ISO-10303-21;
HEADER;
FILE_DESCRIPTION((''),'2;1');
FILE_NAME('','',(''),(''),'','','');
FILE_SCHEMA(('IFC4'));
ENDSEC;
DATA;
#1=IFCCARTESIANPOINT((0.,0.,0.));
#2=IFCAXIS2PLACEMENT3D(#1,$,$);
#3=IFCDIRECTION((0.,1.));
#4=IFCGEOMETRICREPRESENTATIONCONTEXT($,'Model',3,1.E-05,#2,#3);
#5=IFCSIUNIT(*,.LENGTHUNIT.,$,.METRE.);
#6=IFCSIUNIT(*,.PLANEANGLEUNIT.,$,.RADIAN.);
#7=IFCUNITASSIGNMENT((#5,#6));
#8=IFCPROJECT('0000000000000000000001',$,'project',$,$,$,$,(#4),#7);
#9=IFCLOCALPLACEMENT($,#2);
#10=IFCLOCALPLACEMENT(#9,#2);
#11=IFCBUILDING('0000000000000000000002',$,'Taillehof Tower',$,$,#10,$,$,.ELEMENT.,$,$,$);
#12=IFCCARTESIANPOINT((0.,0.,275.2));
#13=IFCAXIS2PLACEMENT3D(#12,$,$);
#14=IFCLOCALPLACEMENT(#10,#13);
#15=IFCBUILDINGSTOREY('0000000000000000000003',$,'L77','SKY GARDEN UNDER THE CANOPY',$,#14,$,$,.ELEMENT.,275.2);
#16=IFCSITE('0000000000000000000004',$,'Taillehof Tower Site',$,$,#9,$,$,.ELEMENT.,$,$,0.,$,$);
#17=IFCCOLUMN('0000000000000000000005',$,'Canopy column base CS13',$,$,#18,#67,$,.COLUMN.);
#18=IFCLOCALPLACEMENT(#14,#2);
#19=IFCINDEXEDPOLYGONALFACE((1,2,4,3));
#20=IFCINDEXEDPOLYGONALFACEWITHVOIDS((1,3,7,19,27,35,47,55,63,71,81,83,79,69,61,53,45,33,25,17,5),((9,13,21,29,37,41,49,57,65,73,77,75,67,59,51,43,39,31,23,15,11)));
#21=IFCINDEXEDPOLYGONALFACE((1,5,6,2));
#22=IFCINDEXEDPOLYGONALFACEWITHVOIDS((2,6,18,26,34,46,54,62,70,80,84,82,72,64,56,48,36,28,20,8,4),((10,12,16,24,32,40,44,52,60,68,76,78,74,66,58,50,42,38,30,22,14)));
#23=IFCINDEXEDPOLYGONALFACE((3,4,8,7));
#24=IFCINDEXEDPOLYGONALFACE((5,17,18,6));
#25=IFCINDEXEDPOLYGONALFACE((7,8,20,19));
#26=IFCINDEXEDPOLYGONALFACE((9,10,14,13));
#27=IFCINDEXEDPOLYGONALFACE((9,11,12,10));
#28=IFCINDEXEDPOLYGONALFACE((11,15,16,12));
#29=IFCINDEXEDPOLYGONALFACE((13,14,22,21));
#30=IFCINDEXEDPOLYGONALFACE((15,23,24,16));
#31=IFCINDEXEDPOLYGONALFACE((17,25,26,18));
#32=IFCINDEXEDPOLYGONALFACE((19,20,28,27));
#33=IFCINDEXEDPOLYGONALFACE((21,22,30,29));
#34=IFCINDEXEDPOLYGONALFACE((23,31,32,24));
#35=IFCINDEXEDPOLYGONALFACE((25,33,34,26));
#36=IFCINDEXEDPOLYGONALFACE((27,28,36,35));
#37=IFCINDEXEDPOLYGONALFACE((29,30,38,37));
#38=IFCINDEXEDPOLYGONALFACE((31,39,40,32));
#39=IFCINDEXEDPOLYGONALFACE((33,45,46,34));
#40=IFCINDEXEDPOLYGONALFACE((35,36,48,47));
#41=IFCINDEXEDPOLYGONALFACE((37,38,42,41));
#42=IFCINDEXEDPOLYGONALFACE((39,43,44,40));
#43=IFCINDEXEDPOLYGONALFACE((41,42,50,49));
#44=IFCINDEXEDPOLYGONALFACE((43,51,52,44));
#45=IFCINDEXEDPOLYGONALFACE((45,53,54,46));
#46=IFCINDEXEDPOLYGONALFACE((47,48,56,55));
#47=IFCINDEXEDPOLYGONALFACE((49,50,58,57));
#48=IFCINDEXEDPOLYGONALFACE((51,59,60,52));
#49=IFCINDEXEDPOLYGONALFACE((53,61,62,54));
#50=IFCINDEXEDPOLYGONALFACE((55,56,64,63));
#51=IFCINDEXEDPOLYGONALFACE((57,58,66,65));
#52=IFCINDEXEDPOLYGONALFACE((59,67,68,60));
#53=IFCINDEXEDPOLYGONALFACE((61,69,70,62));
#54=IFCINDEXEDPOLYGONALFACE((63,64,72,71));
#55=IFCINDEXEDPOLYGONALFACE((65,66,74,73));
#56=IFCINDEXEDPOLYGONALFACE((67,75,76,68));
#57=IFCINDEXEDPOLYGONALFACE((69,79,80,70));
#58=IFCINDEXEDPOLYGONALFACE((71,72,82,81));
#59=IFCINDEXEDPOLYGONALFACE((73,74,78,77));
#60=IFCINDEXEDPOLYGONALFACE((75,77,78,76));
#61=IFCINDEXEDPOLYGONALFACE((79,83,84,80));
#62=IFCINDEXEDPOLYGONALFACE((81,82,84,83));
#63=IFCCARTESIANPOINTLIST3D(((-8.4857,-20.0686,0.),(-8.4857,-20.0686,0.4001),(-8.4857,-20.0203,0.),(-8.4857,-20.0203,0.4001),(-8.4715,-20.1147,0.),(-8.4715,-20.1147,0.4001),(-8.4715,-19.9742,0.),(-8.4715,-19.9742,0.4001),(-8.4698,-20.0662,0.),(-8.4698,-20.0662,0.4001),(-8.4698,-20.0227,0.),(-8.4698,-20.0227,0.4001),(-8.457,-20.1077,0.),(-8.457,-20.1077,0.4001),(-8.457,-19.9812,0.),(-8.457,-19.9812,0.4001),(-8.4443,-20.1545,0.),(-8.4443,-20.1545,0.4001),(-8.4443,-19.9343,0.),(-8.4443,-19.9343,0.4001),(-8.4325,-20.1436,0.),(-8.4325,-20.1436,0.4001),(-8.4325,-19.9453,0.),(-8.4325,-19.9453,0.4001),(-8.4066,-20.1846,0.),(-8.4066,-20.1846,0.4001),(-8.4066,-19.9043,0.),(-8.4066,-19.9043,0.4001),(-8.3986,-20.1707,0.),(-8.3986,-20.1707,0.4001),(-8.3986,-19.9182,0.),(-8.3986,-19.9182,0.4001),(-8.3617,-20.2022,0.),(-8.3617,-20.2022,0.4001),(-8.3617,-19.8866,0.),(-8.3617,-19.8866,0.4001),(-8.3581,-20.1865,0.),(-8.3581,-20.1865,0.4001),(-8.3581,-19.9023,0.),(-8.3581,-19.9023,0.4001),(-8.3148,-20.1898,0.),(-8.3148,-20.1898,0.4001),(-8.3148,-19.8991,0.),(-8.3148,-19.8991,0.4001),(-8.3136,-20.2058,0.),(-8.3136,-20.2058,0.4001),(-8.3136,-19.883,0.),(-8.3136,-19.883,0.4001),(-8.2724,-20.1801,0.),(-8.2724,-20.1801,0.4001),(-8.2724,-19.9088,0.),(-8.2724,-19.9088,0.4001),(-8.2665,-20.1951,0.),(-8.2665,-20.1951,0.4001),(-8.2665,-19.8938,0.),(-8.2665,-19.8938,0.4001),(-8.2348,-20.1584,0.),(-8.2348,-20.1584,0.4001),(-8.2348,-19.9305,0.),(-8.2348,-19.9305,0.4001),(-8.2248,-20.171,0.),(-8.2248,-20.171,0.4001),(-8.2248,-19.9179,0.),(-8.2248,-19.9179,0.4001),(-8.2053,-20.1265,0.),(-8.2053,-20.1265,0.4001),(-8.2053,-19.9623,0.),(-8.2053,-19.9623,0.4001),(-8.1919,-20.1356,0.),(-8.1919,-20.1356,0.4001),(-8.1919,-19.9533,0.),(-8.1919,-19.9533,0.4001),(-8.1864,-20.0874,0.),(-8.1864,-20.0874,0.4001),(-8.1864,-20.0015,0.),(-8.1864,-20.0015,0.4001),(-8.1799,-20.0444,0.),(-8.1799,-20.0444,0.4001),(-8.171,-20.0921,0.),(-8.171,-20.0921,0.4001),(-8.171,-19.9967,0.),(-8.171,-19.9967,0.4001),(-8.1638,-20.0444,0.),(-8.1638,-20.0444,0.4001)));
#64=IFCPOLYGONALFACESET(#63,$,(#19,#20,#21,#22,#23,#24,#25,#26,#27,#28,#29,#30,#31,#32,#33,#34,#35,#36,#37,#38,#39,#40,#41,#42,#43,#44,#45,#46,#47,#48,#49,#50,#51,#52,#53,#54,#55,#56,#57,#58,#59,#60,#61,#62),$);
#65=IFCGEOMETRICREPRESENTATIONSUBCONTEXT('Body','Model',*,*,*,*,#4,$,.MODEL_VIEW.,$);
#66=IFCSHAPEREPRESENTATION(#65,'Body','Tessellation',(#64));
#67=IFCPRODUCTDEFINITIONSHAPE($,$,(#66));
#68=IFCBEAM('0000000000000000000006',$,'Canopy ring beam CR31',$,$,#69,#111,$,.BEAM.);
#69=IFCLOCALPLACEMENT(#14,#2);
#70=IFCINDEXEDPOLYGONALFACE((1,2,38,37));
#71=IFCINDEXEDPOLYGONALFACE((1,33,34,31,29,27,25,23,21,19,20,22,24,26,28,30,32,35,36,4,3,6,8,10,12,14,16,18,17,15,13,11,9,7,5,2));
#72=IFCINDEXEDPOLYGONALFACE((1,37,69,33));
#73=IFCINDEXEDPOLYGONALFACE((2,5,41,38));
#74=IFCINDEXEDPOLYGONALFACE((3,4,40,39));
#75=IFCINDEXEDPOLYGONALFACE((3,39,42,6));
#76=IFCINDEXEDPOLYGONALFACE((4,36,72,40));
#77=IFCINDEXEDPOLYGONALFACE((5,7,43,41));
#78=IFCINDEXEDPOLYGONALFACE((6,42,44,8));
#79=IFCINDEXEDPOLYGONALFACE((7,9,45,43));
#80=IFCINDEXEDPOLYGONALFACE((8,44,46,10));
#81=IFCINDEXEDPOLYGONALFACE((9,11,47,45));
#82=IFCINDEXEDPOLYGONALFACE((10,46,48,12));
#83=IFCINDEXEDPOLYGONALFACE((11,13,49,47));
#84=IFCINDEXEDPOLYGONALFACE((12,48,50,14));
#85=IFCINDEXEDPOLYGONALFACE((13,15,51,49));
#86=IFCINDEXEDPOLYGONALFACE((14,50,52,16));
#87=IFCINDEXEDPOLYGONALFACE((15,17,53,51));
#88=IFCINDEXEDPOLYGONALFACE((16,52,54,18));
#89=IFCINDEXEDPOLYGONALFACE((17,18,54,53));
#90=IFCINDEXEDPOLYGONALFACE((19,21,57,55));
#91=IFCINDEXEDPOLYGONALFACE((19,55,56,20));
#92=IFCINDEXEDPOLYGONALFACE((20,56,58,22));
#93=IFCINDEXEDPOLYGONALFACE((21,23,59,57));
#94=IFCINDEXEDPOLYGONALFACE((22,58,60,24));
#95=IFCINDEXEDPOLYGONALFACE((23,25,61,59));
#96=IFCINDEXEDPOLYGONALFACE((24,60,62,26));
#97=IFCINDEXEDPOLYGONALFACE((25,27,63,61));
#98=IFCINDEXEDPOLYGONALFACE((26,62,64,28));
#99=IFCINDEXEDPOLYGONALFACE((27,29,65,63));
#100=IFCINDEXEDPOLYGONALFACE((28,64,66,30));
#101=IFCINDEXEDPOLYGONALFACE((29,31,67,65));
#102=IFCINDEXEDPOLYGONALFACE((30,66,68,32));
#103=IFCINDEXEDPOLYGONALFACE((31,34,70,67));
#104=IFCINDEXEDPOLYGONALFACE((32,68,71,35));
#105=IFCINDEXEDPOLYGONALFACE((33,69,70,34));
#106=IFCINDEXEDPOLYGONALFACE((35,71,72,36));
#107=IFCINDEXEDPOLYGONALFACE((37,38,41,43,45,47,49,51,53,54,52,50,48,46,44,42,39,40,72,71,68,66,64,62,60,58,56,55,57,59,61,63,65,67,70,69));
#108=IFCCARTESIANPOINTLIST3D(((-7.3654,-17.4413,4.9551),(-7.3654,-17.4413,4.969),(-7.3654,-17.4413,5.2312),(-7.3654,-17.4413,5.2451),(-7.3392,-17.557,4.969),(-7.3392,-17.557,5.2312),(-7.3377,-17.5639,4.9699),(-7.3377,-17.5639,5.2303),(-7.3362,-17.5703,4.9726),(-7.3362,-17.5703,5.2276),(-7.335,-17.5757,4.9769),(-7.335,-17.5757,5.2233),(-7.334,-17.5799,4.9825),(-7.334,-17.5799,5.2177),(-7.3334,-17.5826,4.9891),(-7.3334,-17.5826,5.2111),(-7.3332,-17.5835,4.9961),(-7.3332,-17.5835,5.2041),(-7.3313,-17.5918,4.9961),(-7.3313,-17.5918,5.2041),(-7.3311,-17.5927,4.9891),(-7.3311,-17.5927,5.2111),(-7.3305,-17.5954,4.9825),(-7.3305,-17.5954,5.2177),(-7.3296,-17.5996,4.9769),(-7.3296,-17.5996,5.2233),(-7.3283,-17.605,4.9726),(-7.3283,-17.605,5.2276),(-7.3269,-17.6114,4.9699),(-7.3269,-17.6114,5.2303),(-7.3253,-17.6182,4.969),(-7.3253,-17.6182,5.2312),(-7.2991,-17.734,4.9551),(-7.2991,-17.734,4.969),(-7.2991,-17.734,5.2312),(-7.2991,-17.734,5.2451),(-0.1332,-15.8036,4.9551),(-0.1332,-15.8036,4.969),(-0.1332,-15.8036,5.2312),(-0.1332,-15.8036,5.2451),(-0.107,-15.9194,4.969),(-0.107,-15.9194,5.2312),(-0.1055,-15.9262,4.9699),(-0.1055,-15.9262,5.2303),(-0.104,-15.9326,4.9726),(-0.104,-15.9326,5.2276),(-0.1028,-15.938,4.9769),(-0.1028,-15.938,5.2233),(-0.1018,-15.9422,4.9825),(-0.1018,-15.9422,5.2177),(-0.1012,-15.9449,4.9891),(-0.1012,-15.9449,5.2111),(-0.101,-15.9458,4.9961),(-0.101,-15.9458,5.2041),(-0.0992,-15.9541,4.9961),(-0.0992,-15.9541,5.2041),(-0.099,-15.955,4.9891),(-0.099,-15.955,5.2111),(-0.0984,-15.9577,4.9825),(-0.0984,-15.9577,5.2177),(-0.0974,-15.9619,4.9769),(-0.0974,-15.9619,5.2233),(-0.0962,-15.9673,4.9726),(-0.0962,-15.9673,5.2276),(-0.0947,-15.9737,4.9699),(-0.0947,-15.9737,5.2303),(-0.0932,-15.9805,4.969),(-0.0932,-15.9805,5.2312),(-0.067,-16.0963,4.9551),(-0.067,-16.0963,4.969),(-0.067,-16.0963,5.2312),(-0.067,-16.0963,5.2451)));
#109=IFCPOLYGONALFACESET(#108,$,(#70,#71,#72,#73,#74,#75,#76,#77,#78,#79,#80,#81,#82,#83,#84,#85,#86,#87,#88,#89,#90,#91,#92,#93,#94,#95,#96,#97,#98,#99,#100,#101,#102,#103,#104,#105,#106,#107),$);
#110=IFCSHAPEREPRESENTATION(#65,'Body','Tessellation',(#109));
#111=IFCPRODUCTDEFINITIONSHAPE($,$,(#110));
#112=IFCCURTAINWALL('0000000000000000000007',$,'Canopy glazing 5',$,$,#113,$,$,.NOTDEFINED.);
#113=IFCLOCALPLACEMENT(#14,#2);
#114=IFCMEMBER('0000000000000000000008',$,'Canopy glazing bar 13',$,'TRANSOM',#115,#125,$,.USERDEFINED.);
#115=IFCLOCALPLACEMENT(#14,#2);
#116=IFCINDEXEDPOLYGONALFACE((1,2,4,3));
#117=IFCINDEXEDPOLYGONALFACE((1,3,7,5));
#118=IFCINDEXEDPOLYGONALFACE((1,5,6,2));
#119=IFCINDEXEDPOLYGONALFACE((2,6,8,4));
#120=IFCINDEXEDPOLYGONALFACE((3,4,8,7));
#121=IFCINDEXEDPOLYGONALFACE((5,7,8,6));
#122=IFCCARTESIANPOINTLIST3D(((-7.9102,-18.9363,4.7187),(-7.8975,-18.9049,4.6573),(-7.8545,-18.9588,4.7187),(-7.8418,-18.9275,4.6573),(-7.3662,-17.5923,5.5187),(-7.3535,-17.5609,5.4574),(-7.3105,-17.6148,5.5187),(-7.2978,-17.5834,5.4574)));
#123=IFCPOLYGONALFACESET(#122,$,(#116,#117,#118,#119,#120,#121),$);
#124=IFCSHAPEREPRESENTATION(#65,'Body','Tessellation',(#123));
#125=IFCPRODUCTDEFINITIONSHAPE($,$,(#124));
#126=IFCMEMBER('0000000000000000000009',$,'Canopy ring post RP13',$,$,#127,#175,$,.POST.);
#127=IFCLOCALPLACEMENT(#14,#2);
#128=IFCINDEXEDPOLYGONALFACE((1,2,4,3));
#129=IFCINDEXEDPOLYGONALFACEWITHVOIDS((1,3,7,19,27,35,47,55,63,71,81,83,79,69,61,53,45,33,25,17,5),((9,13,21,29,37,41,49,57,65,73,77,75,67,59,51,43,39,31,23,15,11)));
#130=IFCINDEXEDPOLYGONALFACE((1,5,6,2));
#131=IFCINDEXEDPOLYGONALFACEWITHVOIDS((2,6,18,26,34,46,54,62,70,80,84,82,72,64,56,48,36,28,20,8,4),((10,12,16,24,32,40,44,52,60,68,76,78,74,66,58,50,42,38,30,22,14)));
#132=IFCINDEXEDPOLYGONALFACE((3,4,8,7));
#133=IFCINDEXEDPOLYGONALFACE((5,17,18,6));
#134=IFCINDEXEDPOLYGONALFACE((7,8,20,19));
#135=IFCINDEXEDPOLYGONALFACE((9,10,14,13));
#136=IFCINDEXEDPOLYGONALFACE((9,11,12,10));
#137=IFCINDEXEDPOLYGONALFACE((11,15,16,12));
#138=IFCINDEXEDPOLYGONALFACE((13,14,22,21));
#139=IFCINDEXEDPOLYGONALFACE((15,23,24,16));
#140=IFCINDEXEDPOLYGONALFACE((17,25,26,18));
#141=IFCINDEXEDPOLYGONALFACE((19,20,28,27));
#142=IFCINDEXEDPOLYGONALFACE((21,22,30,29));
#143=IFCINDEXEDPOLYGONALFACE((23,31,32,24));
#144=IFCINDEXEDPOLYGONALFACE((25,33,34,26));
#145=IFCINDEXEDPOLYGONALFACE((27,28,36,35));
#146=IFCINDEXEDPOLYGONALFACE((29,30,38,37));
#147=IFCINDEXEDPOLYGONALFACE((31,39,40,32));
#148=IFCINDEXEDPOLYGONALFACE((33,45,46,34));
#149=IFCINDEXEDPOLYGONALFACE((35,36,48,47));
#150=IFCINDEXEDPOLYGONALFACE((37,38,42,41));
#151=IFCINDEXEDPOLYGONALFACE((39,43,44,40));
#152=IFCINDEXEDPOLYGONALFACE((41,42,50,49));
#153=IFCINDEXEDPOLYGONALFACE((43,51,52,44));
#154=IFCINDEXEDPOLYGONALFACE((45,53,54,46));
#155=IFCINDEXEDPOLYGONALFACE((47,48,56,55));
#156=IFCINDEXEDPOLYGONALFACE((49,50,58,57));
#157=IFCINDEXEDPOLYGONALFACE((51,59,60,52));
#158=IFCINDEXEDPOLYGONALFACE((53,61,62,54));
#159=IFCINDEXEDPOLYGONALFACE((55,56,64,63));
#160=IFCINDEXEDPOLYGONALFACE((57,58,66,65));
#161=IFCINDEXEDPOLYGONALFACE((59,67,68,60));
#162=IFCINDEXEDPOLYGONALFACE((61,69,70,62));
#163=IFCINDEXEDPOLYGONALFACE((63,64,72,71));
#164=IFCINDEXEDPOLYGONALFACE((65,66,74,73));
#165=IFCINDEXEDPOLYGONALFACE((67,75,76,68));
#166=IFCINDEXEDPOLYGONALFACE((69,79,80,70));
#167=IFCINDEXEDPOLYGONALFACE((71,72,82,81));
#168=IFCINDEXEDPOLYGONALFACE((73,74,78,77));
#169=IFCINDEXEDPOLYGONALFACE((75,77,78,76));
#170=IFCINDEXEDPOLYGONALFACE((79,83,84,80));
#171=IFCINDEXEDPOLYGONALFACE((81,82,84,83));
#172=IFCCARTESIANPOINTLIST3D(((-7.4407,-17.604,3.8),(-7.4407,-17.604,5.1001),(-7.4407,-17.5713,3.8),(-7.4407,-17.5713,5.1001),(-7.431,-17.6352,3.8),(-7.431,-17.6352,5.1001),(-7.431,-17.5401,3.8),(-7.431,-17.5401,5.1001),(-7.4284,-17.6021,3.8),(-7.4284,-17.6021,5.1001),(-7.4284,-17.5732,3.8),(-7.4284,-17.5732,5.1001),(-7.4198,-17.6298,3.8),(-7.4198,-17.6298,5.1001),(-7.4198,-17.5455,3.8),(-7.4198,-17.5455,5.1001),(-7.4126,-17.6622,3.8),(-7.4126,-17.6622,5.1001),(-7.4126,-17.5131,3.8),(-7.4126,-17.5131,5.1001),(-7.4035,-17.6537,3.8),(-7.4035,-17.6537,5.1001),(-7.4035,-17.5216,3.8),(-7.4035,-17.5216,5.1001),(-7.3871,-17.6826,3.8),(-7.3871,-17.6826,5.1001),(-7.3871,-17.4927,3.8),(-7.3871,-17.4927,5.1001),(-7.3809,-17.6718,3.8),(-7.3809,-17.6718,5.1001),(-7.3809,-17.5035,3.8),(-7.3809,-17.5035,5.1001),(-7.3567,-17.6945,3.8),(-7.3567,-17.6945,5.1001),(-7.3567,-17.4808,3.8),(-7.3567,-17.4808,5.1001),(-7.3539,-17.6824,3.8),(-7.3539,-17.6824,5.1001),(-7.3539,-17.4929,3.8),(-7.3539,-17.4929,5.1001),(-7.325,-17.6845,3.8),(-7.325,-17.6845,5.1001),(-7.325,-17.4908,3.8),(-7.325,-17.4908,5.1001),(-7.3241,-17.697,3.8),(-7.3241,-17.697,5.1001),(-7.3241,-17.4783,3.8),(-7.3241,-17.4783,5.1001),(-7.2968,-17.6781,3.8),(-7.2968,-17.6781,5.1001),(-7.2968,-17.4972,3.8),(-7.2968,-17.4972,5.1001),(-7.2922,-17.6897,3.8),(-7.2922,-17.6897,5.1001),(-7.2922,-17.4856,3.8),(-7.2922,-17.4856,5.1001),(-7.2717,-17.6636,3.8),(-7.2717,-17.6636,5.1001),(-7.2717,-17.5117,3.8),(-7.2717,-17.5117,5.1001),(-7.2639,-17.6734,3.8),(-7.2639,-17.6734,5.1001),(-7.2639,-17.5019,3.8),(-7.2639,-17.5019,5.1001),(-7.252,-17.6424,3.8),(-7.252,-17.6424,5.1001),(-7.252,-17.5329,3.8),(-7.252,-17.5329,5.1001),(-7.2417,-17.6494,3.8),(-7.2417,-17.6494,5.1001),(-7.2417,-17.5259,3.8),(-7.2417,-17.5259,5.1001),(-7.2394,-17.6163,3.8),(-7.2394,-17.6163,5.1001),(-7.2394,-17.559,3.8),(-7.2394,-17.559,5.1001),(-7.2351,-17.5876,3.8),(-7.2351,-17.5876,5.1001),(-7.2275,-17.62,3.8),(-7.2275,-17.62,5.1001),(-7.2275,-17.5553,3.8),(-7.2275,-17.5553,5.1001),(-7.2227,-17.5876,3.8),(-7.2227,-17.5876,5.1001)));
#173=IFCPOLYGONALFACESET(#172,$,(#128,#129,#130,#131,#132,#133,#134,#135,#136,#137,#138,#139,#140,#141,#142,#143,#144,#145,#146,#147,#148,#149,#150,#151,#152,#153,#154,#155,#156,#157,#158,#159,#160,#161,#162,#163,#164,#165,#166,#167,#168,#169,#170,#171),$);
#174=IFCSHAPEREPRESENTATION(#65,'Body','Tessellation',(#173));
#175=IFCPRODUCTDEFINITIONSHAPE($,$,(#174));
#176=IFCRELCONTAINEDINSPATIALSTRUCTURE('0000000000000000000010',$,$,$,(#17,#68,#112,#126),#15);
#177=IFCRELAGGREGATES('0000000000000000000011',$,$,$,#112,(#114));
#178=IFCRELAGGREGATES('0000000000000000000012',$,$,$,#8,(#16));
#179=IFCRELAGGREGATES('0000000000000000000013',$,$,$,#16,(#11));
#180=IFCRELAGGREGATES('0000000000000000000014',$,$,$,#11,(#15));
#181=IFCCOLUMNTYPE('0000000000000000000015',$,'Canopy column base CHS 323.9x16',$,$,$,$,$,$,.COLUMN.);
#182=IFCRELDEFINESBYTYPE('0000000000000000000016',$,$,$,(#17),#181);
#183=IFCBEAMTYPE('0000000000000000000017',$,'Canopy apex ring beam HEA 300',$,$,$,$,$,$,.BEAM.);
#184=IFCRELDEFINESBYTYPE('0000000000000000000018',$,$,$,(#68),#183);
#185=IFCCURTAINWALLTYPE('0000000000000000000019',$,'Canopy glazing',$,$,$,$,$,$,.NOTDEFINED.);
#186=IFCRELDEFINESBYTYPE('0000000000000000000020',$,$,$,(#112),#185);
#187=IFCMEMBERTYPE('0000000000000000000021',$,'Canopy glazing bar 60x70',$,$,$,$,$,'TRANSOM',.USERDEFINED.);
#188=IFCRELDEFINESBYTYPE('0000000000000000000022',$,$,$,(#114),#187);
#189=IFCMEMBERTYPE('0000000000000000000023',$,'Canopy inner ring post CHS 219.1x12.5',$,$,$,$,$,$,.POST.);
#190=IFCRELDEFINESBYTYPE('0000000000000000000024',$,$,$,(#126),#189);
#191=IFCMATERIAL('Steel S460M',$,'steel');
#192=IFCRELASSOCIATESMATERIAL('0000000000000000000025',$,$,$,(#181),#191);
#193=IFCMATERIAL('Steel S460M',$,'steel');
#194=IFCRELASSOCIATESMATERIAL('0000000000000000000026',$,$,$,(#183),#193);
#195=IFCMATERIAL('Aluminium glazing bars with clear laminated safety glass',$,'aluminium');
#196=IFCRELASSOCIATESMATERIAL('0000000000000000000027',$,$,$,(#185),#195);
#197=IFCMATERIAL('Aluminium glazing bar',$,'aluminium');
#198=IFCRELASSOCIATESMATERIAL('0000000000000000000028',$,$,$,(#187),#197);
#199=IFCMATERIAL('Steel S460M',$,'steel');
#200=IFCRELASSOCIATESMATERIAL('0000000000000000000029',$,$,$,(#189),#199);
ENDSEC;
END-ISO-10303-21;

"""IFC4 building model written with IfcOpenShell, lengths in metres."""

from ifc_helpers import new_model, si_unit, direction, frame, origin, origin_2d, place, context, subcontext, project, spatial, rectangle, hollow_circle, i_section, extrude, material, material_profile, profile_set, type_object, element, aggregate, save


model = new_model("IFC4")

# Units and contexts
model_context = context("Model", 3, precision=1e-05, world=origin(), true_north=direction((0.0, 1.0)))
body_context = subcontext(model_context, "Body", "Model", "MODEL_VIEW")
ifc_project = project(units=[si_unit("LENGTHUNIT", "METRE"), si_unit("PLANEANGLEUNIT", "RADIAN")], contexts=[model_context])

# Site, building, storey
site_placement = place(None, origin())
site = spatial("IfcSite", under=ifc_project, at=site_placement, Name="Taillehof Tower Site", CompositionType="ELEMENT", RefElevation=0.0)
building_placement = place(site_placement, origin())
building = spatial("IfcBuilding", under=site, at=building_placement, Name="Taillehof Tower", CompositionType="ELEMENT")
storey_placement = place(building_placement, frame((0.0, 0.0, 275.2)))
storey = spatial("IfcBuildingStorey", under=building, at=storey_placement, Name="L77", Description="SKY GARDEN UNDER THE CANOPY", CompositionType="ELEMENT", Elevation=275.2)

# Column
ifc_material_1 = material(Name="Steel S460M", Category="steel")
ifc_material_profile_1 = material_profile(ifc_material_1, hollow_circle(Radius=0.1619, WallThickness=0.0161, at=origin_2d()), Name="CHS 323.9x16")
ifc_profile_set_1 = profile_set([ifc_material_profile_1], Name="Steel S460M")
column_type = type_object("IfcColumnType", Name="Canopy column base CHS 323.9x16", PredefinedType="COLUMN", material=ifc_profile_set_1)
column_placement = place(storey_placement, frame((-8.3257, -20.0444, 0.0), z_axis=(0.0, 0.0, 1.0), x_axis=(1.0, 0.0, 0.0)))
element("IfcColumn", 1, at=column_placement, inside=storey, type_object=column_type, Name="Canopy column base CS13", PredefinedType="COLUMN", context=body_context, shape_type="SweptSolid", body=[
    extrude(hollow_circle(Radius=0.1619, WallThickness=0.0161, at=origin_2d()), origin(), (0.0, 0.0, 1.0), 0.4001),
])

# Beam
ifc_material_2 = material(Name="Steel S460M", Category="steel")
ifc_material_profile_2 = material_profile(ifc_material_2, i_section(OverallWidth=0.3, OverallDepth=0.29, WebThickness=0.0085, FlangeThickness=0.0139, FilletRadius=0.0271, at=origin_2d()), Name="HEA 300")
ifc_profile_set_2 = profile_set([ifc_material_profile_2], Name="Steel S460M")
beam_type_1 = type_object("IfcBeamType", Name="Canopy apex ring beam HEA 300", PredefinedType="BEAM", material=ifc_profile_set_2)
beam_1_placement = place(storey_placement, frame((-7.3323, -17.5876, 5.1001), z_axis=(0.975307, 0.220854, 0.0), x_axis=(-0.220854, 0.975307, 0.0)))
element("IfcBeam", 2, at=beam_1_placement, inside=storey, type_object=beam_type_1, Name="Canopy ring beam CR31", PredefinedType="BEAM", context=body_context, shape_type="SweptSolid", body=[
    extrude(i_section(OverallWidth=0.3, OverallDepth=0.29, WebThickness=0.0085, FlangeThickness=0.0139, FilletRadius=0.0271, at=origin_2d()), origin(), (0.0, 0.0, 1.0), 7.4153),
])

# Curtain wall, member
ifc_material_3 = material(Name="Aluminium glazing bars with clear laminated safety glass", Category="aluminium")
curtain_wall_type = type_object("IfcCurtainWallType", Name="Canopy glazing", PredefinedType="NOTDEFINED", material=ifc_material_3)
curtain_wall_placement = place(storey_placement, origin())
curtain_wall = element("IfcCurtainWall", 3, at=curtain_wall_placement, inside=storey, type_object=curtain_wall_type, Name="Canopy glazing 5", PredefinedType="NOTDEFINED")
ifc_material_4 = material(Name="Aluminium glazing bar", Category="aluminium")
ifc_material_profile_3 = material_profile(ifc_material_4, rectangle(XDim=0.0601, YDim=0.0701, at=origin_2d()), Name="AL 60x70")
ifc_profile_set_3 = profile_set([ifc_material_profile_3], Name="Aluminium glazing bar")
member_type_1 = type_object("IfcMemberType", Name="Canopy glazing bar 60x70", ElementType="TRANSOM", PredefinedType="USERDEFINED", material=ifc_profile_set_3)
member_1_placement = place(storey_placement, frame((-7.876, -18.9319, 4.688), z_axis=(0.328473, 0.8116, 0.483127), x_axis=(-0.926959, 0.375162, 0.0)))
member_1 = element("IfcMember", 4, at=member_1_placement, type_object=member_type_1, Name="Canopy glazing bar 13", ObjectType="TRANSOM", PredefinedType="USERDEFINED", context=body_context, shape_type="SweptSolid", body=[
    extrude(rectangle(XDim=0.0601, YDim=0.0701, at=origin_2d()), origin(), (0.0, 0.0, 1.0), 1.656),
])
aggregate(curtain_wall, [member_1])

# Member
ifc_material_5 = material(Name="Steel S460M", Category="steel")
ifc_material_profile_4 = material_profile(ifc_material_5, hollow_circle(Radius=0.1096, WallThickness=0.0125, at=origin_2d()), Name="CHS 219.1x12.5")
ifc_profile_set_4 = profile_set([ifc_material_profile_4], Name="Steel S460M")
member_type_2 = type_object("IfcMemberType", Name="Canopy inner ring post CHS 219.1x12.5", PredefinedType="POST", material=ifc_profile_set_4)
member_2_placement = place(storey_placement, frame((-7.3323, -17.5876, 3.8), z_axis=(0.0, 0.0, 1.0), x_axis=(1.0, 0.0, 0.0)))
element("IfcMember", 5, at=member_2_placement, inside=storey, type_object=member_type_2, Name="Canopy ring post RP13", PredefinedType="POST", context=body_context, shape_type="SweptSolid", body=[
    extrude(hollow_circle(Radius=0.1096, WallThickness=0.0125, at=origin_2d()), origin(), (0.0, 0.0, 1.0), 1.3),
])

save(model, "model.ifc")
